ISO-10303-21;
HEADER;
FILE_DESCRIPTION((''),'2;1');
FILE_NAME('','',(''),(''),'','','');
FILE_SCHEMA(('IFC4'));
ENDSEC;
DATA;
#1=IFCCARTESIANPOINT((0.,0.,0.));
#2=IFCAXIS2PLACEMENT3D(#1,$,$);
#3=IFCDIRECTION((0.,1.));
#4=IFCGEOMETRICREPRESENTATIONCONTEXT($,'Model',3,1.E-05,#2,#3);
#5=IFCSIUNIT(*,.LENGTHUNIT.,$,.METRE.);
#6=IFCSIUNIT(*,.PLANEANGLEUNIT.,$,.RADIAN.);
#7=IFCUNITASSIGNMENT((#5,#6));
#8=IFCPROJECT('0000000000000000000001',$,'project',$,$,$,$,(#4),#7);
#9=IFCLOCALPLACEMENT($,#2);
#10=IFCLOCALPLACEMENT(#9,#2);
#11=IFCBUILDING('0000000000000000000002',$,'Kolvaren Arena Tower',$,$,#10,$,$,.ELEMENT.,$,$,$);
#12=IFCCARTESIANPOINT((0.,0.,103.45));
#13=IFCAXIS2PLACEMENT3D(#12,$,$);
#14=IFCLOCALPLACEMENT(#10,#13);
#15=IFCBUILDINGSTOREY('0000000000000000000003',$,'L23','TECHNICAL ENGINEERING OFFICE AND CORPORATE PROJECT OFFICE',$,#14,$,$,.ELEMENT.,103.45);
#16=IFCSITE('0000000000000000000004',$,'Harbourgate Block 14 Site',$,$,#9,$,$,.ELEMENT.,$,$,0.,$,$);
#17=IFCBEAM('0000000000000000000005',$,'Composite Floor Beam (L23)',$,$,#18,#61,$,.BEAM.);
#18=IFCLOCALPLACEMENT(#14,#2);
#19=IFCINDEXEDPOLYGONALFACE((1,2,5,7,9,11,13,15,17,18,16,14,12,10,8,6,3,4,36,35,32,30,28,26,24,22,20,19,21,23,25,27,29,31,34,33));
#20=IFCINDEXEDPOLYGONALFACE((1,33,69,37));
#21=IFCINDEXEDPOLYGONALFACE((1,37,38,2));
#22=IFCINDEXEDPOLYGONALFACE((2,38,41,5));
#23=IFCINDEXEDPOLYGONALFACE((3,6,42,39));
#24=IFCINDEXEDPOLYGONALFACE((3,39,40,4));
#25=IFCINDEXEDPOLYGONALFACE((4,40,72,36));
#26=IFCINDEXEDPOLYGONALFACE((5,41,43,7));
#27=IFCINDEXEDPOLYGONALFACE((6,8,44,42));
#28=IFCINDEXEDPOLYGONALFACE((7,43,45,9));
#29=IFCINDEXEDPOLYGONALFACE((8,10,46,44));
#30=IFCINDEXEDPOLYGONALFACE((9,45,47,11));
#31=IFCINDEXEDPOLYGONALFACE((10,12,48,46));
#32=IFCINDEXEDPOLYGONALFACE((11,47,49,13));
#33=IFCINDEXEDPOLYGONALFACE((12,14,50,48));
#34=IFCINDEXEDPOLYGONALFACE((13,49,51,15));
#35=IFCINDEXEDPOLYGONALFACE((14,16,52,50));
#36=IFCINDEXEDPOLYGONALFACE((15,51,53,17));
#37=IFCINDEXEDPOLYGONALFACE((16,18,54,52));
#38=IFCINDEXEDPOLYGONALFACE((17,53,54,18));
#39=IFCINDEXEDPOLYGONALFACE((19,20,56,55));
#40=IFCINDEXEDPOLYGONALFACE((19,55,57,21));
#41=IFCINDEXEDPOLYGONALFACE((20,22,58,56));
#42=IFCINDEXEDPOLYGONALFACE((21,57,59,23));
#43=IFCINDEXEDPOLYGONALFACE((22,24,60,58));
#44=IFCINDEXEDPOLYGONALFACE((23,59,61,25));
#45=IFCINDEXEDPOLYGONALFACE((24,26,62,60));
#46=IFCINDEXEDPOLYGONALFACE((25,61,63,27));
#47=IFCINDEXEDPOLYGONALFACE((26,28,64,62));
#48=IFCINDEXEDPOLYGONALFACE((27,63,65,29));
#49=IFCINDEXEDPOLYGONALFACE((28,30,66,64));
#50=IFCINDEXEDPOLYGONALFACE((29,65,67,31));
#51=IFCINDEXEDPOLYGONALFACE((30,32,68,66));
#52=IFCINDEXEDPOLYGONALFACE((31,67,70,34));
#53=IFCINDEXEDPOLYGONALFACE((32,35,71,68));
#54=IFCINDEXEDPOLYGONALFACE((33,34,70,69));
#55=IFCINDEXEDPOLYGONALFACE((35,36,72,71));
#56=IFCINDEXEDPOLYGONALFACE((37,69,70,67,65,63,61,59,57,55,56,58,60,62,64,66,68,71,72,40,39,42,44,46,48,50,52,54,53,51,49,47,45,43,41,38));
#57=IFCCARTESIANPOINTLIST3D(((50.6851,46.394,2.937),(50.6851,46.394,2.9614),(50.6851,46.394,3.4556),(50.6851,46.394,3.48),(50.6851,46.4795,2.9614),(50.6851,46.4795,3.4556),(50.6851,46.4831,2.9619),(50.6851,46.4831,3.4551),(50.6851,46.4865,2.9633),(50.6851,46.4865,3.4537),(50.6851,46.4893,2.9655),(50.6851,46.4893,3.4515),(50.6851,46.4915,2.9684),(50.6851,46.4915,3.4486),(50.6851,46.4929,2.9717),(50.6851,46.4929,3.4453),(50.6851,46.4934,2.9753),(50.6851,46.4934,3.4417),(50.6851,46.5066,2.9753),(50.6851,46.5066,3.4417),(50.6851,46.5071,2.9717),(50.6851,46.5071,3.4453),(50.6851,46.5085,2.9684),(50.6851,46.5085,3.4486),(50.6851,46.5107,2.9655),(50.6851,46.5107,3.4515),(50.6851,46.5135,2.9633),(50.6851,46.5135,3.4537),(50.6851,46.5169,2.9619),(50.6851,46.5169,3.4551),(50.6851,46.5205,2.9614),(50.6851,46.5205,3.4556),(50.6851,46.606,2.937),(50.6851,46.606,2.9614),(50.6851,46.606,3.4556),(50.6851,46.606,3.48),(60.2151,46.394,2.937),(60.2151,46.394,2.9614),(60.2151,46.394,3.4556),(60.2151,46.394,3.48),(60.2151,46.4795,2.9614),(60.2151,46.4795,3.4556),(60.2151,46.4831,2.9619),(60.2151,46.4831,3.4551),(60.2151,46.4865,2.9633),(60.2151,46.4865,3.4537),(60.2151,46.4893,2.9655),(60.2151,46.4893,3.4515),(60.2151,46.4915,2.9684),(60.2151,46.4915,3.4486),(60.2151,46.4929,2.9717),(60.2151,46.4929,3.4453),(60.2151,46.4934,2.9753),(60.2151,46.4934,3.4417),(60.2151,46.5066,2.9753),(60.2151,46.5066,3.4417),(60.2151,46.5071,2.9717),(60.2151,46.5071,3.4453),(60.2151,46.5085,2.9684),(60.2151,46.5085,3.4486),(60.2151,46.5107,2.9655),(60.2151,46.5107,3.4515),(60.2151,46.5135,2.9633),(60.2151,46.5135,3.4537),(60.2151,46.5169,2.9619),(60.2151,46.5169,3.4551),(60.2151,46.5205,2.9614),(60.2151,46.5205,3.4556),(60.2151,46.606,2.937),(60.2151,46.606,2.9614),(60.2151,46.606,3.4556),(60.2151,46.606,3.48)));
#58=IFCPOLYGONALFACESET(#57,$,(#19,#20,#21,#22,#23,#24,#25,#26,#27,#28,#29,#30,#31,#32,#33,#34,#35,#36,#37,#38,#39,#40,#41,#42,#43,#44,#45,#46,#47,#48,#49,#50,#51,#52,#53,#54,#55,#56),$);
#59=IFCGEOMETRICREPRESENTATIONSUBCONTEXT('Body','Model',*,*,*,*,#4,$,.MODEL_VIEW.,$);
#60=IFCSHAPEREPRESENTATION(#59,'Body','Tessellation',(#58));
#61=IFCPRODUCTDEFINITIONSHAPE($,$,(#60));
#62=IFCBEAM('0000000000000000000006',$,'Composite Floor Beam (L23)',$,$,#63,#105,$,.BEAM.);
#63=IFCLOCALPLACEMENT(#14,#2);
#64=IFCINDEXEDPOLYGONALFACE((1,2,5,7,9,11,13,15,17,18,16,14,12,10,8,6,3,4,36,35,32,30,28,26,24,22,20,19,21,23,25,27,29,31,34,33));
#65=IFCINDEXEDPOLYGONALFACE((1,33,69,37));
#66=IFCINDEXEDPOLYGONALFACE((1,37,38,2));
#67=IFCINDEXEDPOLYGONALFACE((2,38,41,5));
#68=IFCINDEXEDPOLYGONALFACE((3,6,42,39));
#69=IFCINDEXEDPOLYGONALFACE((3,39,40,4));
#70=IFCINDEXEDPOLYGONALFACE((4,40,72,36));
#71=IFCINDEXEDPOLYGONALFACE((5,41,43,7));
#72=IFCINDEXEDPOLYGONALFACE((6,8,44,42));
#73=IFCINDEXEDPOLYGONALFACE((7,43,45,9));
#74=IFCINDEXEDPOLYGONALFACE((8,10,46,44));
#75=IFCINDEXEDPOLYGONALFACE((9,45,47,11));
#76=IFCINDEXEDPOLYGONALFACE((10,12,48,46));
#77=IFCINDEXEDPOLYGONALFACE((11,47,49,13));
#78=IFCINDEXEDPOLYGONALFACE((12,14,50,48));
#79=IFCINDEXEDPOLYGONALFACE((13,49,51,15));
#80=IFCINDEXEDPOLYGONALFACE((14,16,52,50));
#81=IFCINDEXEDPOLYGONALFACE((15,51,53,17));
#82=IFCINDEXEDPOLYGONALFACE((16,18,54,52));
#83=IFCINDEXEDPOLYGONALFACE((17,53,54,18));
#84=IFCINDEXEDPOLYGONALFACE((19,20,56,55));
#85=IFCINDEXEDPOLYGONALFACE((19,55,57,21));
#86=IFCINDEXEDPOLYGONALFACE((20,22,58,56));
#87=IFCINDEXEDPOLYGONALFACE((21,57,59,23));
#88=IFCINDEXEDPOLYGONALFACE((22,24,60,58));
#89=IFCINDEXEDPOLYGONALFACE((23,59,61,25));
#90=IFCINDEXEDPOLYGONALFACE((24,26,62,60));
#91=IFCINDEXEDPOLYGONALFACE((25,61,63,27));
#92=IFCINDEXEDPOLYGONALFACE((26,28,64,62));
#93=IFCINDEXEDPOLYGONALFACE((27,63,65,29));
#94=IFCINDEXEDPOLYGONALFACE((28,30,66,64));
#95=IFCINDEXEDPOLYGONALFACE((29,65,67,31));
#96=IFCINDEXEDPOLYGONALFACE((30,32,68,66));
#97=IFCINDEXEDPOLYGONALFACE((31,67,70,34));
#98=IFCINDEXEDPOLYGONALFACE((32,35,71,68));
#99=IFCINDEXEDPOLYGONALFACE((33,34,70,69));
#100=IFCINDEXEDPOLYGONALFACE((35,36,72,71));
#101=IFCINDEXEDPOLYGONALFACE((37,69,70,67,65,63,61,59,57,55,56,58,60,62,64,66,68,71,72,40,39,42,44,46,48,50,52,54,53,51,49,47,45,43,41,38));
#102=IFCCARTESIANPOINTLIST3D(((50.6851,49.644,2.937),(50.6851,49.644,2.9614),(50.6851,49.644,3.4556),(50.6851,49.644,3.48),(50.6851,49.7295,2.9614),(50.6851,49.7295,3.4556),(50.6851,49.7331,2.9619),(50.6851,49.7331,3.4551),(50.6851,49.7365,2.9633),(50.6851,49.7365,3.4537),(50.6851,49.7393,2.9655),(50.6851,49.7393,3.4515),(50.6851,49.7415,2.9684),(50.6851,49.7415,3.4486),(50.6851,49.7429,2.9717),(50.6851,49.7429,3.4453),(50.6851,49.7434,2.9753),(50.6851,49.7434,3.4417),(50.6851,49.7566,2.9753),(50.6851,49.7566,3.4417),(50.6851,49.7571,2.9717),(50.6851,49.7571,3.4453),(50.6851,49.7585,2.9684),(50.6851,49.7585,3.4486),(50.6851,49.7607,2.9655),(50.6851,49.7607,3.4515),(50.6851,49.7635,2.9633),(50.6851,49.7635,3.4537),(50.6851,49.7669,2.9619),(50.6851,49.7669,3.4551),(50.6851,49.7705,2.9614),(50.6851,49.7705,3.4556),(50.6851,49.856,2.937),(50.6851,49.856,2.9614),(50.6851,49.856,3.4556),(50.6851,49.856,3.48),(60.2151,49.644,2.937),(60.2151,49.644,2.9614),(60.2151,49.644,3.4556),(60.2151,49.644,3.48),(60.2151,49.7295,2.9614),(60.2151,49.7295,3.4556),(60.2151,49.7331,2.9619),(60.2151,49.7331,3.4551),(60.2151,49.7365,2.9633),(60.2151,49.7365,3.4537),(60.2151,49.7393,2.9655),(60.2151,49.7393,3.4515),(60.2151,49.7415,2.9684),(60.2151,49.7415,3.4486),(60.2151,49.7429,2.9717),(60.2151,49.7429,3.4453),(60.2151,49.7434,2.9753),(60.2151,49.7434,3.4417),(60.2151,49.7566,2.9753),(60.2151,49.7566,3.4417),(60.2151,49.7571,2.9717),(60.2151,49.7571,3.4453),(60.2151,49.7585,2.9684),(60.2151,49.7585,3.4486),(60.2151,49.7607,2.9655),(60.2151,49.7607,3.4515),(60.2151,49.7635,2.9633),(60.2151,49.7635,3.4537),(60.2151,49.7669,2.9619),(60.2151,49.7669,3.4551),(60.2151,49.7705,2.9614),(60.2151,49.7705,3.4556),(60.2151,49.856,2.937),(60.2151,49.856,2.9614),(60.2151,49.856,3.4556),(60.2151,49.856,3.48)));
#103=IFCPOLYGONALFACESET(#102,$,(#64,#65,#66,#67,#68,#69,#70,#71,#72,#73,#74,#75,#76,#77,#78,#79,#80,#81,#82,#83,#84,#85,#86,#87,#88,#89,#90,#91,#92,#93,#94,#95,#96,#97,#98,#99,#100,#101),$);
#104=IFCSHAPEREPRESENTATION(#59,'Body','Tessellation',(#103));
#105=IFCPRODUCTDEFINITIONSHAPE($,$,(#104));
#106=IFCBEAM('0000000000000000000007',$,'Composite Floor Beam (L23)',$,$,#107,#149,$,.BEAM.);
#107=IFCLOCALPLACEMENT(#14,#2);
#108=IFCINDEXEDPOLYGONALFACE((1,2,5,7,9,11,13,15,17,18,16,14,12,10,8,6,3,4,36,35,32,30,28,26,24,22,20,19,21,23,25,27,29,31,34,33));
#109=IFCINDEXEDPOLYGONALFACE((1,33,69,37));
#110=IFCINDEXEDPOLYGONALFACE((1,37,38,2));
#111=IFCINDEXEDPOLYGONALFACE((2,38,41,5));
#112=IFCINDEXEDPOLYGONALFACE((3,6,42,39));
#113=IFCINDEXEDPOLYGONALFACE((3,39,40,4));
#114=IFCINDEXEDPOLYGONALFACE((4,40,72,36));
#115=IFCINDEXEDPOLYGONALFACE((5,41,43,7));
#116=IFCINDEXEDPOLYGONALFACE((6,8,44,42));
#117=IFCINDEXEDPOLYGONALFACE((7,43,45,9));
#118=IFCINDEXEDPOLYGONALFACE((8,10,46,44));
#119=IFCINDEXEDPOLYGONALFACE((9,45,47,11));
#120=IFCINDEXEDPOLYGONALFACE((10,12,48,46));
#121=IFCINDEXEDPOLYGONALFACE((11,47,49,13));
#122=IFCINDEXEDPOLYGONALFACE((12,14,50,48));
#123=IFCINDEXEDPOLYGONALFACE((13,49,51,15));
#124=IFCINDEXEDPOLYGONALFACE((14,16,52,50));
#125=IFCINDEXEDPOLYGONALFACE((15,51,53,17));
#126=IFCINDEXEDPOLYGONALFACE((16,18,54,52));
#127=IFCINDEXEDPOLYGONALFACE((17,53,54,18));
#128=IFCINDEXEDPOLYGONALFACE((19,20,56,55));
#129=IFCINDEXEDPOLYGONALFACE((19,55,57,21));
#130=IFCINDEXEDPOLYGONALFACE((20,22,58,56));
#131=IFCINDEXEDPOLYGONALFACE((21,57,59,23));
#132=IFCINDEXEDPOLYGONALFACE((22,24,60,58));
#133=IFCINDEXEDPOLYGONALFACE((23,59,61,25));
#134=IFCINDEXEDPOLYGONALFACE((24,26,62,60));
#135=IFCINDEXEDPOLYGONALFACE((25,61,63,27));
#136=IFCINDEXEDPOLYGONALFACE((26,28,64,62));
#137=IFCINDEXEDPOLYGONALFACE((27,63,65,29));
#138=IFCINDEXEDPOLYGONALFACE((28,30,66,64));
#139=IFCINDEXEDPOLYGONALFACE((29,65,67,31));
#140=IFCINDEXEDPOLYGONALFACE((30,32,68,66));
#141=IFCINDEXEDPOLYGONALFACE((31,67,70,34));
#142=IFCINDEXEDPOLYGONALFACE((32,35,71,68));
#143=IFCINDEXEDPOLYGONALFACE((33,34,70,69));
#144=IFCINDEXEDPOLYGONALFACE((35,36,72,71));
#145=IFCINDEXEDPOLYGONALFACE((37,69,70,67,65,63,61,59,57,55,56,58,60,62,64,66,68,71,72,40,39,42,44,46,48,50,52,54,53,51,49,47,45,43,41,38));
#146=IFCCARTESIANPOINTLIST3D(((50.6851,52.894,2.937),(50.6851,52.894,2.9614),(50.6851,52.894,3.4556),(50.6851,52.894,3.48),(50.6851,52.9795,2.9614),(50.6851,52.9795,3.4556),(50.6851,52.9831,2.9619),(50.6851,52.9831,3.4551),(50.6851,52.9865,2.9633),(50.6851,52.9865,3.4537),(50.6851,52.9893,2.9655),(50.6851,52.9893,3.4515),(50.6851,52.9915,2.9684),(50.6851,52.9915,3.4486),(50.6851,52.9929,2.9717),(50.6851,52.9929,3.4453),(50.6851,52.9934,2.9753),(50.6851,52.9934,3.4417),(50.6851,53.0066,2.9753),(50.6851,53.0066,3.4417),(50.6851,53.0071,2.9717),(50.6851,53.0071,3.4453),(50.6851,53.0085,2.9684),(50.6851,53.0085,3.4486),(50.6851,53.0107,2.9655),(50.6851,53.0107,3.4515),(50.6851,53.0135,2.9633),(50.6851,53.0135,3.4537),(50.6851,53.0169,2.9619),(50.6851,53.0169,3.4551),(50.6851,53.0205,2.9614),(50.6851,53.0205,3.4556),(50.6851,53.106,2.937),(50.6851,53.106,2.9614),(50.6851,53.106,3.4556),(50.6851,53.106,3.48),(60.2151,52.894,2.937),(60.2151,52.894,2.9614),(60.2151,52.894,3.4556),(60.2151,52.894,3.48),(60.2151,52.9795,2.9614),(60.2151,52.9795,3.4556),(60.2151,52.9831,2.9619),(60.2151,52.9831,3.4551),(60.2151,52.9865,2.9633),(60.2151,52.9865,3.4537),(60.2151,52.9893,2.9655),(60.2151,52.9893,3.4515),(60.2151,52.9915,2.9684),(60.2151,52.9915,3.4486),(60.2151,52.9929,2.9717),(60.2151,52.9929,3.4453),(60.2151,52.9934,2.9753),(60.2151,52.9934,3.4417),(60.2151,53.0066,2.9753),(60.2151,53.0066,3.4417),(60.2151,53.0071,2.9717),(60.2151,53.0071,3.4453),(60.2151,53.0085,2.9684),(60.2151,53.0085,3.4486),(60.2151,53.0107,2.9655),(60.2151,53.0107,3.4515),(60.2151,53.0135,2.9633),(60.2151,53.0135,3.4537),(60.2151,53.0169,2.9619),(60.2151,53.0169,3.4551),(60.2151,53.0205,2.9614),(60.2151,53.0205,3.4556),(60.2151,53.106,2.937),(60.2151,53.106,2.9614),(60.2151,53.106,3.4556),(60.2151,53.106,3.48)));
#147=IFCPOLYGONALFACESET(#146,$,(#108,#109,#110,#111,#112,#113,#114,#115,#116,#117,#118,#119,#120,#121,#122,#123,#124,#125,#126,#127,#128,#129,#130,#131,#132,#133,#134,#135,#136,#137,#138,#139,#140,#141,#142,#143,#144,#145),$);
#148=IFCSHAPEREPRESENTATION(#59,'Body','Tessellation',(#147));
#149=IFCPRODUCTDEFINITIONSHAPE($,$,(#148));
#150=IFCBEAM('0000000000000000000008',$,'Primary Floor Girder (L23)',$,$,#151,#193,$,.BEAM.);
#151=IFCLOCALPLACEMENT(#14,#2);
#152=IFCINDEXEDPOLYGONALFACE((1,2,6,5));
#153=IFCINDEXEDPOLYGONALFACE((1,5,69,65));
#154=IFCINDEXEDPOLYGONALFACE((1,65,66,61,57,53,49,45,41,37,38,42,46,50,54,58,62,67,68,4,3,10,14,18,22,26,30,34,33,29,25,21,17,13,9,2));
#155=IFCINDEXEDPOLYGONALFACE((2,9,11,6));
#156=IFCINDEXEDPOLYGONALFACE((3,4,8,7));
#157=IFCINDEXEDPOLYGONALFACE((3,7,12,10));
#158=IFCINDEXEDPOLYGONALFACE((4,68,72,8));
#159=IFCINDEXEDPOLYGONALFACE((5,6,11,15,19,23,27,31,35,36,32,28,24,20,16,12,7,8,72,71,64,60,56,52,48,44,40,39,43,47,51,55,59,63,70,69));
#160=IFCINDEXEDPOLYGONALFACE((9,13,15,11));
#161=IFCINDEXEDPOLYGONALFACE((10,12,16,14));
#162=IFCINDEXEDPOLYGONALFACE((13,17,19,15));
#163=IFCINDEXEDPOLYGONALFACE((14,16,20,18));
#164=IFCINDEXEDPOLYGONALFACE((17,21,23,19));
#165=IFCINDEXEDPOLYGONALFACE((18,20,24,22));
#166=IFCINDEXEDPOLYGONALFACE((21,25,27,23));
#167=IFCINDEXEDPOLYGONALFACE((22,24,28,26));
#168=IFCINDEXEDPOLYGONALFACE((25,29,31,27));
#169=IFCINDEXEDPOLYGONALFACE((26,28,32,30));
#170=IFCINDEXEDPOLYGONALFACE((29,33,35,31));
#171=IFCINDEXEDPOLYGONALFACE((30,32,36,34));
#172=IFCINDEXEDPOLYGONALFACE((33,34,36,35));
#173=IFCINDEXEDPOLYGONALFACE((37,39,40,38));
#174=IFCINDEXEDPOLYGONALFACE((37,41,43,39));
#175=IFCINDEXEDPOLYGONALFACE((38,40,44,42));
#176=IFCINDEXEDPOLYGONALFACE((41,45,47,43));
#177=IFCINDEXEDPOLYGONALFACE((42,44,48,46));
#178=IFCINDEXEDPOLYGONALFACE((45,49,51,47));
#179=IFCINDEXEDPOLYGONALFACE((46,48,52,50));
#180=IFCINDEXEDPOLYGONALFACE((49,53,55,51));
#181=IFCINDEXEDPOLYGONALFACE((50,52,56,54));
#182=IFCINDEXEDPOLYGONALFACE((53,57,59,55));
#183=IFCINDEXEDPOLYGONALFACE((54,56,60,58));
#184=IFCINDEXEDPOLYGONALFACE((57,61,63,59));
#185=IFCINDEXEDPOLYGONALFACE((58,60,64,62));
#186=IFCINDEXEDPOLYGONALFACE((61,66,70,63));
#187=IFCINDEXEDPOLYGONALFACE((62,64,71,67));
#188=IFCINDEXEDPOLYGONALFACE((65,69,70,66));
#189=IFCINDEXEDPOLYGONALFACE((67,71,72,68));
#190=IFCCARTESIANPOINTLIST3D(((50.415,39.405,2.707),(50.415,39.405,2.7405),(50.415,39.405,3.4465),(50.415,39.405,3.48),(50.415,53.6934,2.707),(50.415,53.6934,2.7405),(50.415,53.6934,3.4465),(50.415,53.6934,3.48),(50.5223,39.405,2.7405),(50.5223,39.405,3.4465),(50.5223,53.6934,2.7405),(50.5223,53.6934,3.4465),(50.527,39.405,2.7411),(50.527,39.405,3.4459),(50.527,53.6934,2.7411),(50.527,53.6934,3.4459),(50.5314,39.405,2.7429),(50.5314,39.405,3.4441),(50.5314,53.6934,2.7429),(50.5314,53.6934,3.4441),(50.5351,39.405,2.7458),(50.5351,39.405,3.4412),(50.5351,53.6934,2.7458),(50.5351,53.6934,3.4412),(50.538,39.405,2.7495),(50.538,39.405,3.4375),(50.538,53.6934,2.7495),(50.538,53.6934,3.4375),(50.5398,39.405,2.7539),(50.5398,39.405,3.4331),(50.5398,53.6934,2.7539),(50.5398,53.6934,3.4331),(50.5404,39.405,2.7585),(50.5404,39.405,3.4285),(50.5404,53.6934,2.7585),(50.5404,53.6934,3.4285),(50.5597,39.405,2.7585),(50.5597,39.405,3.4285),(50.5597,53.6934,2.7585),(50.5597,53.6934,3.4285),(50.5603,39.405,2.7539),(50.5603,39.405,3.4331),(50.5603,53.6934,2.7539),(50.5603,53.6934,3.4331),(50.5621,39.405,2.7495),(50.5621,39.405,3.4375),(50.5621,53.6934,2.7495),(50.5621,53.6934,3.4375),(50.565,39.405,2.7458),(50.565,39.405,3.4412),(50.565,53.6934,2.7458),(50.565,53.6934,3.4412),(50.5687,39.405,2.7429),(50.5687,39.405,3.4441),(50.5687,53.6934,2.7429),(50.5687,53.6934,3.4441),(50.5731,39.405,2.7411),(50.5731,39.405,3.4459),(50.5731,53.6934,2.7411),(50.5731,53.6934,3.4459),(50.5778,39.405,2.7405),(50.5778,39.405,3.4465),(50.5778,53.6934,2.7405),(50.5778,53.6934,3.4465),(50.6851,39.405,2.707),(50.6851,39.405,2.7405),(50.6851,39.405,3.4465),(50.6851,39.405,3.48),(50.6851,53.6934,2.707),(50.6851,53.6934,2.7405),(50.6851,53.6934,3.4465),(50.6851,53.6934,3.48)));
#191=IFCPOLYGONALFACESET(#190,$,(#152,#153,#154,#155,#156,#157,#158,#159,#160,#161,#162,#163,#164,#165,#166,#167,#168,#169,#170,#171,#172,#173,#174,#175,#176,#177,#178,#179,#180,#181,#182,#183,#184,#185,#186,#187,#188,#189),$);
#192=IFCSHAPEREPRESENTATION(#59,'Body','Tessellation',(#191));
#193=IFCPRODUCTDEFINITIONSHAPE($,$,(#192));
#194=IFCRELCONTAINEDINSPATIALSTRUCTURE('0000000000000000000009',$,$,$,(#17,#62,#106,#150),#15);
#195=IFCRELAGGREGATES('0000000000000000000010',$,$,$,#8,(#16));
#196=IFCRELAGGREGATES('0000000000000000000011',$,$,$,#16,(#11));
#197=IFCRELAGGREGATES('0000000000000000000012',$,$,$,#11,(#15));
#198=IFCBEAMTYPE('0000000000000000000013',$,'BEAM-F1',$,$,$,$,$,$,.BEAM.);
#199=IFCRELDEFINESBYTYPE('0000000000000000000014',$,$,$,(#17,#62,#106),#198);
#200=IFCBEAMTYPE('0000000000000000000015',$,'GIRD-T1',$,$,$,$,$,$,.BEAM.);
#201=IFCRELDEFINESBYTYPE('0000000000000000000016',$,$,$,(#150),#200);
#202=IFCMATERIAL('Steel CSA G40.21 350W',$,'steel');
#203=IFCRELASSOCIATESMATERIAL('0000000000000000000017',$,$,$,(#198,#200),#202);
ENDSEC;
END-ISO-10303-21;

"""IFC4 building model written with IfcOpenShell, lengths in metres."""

from ifc_helpers import new_model, si_unit, direction, frame, origin, origin_2d, place, context, subcontext, project, spatial, i_section, extrude, material, material_profile, profile_set, type_object, element, save


model = new_model("IFC4")

# Units and contexts
model_context = context("Model", 3, precision=1e-05, world=origin(), true_north=direction((0.0, 1.0)))
body_context = subcontext(model_context, "Body", "Model", "MODEL_VIEW")
ifc_project = project(units=[si_unit("LENGTHUNIT", "METRE"), si_unit("PLANEANGLEUNIT", "RADIAN")], contexts=[model_context])

# Site, building, storey
site_placement = place(None, origin())
site = spatial("IfcSite", under=ifc_project, at=site_placement, Name="Harbourgate Block 14 Site", CompositionType="ELEMENT", RefElevation=0.0)
building_placement = place(site_placement, origin())
building = spatial("IfcBuilding", under=site, at=building_placement, Name="Kolvaren Arena Tower", CompositionType="ELEMENT")
storey_placement = place(building_placement, frame((0.0, 0.0, 103.45)))
storey = spatial("IfcBuildingStorey", under=building, at=storey_placement, Name="L23", Description="TECHNICAL ENGINEERING OFFICE AND CORPORATE PROJECT OFFICE", CompositionType="ELEMENT", Elevation=103.45)

# Beams
ifc_material_1 = material(Name="Steel CSA G40.21 350W", Category="steel")
ifc_material_profile_1 = material_profile(ifc_material_1, i_section(OverallWidth=0.2119, OverallDepth=0.543, WebThickness=0.0132, FlangeThickness=0.0244, FilletRadius=0.0139, at=origin_2d()), Name="W530x150")
ifc_profile_set_1 = profile_set([ifc_material_profile_1], Name="Steel CSA G40.21 350W")
beam_type_1 = type_object("IfcBeamType", Name="BEAM-F1", PredefinedType="BEAM", material=ifc_profile_set_1)
for number, where, z_axis, x_axis, name in (
    (1, (50.6851, 46.5, 3.2085), (1.0, 0.0, 0.0), (0.0, 1.0, 0.0), "Composite Floor Beam (L23)"),
    (2, (50.6851, 49.75, 3.2085), (1.0, 0.0, 0.0), (0.0, 1.0, 0.0), "Composite Floor Beam (L23)"),
    (3, (50.6851, 53.0, 3.2085), (1.0, 0.0, 0.0), (0.0, 1.0, 0.0), "Composite Floor Beam (L23)"),
):
    element("IfcBeam", number, at=place(storey_placement, frame(where, z_axis=z_axis, x_axis=x_axis)), inside=storey, type_object=beam_type_1, Name=name, PredefinedType="BEAM", context=body_context, shape_type="SweptSolid", body=[
        extrude(i_section(OverallWidth=0.2119, OverallDepth=0.543, WebThickness=0.0132, FlangeThickness=0.0244, FilletRadius=0.0139, at=origin_2d()), origin(), (0.0, 0.0, 1.0), 9.53),
    ])
ifc_material_profile_2 = material_profile(ifc_material_1, i_section(OverallWidth=0.27, OverallDepth=0.7729, WebThickness=0.0193, FlangeThickness=0.0334, FilletRadius=0.0181, at=origin_2d()), Name="W760x257")
ifc_profile_set_2 = profile_set([ifc_material_profile_2], Name="Steel CSA G40.21 350W")
beam_type_2 = type_object("IfcBeamType", Name="GIRD-T1", PredefinedType="BEAM", material=ifc_profile_set_2)
beam_1_placement = place(storey_placement, frame((50.55, 39.405, 3.0935), z_axis=(0.0, 1.0, 0.0), x_axis=(-1.0, 0.0, 0.0)))
element("IfcBeam", 4, at=beam_1_placement, inside=storey, type_object=beam_type_2, Name="Primary Floor Girder (L23)", PredefinedType="BEAM", context=body_context, shape_type="SweptSolid", body=[
    extrude(i_section(OverallWidth=0.27, OverallDepth=0.7729, WebThickness=0.0193, FlangeThickness=0.0334, FilletRadius=0.0181, at=origin_2d()), origin(), (0.0, 0.0, 1.0), 14.2883),
])

save(model, "model.ifc")
